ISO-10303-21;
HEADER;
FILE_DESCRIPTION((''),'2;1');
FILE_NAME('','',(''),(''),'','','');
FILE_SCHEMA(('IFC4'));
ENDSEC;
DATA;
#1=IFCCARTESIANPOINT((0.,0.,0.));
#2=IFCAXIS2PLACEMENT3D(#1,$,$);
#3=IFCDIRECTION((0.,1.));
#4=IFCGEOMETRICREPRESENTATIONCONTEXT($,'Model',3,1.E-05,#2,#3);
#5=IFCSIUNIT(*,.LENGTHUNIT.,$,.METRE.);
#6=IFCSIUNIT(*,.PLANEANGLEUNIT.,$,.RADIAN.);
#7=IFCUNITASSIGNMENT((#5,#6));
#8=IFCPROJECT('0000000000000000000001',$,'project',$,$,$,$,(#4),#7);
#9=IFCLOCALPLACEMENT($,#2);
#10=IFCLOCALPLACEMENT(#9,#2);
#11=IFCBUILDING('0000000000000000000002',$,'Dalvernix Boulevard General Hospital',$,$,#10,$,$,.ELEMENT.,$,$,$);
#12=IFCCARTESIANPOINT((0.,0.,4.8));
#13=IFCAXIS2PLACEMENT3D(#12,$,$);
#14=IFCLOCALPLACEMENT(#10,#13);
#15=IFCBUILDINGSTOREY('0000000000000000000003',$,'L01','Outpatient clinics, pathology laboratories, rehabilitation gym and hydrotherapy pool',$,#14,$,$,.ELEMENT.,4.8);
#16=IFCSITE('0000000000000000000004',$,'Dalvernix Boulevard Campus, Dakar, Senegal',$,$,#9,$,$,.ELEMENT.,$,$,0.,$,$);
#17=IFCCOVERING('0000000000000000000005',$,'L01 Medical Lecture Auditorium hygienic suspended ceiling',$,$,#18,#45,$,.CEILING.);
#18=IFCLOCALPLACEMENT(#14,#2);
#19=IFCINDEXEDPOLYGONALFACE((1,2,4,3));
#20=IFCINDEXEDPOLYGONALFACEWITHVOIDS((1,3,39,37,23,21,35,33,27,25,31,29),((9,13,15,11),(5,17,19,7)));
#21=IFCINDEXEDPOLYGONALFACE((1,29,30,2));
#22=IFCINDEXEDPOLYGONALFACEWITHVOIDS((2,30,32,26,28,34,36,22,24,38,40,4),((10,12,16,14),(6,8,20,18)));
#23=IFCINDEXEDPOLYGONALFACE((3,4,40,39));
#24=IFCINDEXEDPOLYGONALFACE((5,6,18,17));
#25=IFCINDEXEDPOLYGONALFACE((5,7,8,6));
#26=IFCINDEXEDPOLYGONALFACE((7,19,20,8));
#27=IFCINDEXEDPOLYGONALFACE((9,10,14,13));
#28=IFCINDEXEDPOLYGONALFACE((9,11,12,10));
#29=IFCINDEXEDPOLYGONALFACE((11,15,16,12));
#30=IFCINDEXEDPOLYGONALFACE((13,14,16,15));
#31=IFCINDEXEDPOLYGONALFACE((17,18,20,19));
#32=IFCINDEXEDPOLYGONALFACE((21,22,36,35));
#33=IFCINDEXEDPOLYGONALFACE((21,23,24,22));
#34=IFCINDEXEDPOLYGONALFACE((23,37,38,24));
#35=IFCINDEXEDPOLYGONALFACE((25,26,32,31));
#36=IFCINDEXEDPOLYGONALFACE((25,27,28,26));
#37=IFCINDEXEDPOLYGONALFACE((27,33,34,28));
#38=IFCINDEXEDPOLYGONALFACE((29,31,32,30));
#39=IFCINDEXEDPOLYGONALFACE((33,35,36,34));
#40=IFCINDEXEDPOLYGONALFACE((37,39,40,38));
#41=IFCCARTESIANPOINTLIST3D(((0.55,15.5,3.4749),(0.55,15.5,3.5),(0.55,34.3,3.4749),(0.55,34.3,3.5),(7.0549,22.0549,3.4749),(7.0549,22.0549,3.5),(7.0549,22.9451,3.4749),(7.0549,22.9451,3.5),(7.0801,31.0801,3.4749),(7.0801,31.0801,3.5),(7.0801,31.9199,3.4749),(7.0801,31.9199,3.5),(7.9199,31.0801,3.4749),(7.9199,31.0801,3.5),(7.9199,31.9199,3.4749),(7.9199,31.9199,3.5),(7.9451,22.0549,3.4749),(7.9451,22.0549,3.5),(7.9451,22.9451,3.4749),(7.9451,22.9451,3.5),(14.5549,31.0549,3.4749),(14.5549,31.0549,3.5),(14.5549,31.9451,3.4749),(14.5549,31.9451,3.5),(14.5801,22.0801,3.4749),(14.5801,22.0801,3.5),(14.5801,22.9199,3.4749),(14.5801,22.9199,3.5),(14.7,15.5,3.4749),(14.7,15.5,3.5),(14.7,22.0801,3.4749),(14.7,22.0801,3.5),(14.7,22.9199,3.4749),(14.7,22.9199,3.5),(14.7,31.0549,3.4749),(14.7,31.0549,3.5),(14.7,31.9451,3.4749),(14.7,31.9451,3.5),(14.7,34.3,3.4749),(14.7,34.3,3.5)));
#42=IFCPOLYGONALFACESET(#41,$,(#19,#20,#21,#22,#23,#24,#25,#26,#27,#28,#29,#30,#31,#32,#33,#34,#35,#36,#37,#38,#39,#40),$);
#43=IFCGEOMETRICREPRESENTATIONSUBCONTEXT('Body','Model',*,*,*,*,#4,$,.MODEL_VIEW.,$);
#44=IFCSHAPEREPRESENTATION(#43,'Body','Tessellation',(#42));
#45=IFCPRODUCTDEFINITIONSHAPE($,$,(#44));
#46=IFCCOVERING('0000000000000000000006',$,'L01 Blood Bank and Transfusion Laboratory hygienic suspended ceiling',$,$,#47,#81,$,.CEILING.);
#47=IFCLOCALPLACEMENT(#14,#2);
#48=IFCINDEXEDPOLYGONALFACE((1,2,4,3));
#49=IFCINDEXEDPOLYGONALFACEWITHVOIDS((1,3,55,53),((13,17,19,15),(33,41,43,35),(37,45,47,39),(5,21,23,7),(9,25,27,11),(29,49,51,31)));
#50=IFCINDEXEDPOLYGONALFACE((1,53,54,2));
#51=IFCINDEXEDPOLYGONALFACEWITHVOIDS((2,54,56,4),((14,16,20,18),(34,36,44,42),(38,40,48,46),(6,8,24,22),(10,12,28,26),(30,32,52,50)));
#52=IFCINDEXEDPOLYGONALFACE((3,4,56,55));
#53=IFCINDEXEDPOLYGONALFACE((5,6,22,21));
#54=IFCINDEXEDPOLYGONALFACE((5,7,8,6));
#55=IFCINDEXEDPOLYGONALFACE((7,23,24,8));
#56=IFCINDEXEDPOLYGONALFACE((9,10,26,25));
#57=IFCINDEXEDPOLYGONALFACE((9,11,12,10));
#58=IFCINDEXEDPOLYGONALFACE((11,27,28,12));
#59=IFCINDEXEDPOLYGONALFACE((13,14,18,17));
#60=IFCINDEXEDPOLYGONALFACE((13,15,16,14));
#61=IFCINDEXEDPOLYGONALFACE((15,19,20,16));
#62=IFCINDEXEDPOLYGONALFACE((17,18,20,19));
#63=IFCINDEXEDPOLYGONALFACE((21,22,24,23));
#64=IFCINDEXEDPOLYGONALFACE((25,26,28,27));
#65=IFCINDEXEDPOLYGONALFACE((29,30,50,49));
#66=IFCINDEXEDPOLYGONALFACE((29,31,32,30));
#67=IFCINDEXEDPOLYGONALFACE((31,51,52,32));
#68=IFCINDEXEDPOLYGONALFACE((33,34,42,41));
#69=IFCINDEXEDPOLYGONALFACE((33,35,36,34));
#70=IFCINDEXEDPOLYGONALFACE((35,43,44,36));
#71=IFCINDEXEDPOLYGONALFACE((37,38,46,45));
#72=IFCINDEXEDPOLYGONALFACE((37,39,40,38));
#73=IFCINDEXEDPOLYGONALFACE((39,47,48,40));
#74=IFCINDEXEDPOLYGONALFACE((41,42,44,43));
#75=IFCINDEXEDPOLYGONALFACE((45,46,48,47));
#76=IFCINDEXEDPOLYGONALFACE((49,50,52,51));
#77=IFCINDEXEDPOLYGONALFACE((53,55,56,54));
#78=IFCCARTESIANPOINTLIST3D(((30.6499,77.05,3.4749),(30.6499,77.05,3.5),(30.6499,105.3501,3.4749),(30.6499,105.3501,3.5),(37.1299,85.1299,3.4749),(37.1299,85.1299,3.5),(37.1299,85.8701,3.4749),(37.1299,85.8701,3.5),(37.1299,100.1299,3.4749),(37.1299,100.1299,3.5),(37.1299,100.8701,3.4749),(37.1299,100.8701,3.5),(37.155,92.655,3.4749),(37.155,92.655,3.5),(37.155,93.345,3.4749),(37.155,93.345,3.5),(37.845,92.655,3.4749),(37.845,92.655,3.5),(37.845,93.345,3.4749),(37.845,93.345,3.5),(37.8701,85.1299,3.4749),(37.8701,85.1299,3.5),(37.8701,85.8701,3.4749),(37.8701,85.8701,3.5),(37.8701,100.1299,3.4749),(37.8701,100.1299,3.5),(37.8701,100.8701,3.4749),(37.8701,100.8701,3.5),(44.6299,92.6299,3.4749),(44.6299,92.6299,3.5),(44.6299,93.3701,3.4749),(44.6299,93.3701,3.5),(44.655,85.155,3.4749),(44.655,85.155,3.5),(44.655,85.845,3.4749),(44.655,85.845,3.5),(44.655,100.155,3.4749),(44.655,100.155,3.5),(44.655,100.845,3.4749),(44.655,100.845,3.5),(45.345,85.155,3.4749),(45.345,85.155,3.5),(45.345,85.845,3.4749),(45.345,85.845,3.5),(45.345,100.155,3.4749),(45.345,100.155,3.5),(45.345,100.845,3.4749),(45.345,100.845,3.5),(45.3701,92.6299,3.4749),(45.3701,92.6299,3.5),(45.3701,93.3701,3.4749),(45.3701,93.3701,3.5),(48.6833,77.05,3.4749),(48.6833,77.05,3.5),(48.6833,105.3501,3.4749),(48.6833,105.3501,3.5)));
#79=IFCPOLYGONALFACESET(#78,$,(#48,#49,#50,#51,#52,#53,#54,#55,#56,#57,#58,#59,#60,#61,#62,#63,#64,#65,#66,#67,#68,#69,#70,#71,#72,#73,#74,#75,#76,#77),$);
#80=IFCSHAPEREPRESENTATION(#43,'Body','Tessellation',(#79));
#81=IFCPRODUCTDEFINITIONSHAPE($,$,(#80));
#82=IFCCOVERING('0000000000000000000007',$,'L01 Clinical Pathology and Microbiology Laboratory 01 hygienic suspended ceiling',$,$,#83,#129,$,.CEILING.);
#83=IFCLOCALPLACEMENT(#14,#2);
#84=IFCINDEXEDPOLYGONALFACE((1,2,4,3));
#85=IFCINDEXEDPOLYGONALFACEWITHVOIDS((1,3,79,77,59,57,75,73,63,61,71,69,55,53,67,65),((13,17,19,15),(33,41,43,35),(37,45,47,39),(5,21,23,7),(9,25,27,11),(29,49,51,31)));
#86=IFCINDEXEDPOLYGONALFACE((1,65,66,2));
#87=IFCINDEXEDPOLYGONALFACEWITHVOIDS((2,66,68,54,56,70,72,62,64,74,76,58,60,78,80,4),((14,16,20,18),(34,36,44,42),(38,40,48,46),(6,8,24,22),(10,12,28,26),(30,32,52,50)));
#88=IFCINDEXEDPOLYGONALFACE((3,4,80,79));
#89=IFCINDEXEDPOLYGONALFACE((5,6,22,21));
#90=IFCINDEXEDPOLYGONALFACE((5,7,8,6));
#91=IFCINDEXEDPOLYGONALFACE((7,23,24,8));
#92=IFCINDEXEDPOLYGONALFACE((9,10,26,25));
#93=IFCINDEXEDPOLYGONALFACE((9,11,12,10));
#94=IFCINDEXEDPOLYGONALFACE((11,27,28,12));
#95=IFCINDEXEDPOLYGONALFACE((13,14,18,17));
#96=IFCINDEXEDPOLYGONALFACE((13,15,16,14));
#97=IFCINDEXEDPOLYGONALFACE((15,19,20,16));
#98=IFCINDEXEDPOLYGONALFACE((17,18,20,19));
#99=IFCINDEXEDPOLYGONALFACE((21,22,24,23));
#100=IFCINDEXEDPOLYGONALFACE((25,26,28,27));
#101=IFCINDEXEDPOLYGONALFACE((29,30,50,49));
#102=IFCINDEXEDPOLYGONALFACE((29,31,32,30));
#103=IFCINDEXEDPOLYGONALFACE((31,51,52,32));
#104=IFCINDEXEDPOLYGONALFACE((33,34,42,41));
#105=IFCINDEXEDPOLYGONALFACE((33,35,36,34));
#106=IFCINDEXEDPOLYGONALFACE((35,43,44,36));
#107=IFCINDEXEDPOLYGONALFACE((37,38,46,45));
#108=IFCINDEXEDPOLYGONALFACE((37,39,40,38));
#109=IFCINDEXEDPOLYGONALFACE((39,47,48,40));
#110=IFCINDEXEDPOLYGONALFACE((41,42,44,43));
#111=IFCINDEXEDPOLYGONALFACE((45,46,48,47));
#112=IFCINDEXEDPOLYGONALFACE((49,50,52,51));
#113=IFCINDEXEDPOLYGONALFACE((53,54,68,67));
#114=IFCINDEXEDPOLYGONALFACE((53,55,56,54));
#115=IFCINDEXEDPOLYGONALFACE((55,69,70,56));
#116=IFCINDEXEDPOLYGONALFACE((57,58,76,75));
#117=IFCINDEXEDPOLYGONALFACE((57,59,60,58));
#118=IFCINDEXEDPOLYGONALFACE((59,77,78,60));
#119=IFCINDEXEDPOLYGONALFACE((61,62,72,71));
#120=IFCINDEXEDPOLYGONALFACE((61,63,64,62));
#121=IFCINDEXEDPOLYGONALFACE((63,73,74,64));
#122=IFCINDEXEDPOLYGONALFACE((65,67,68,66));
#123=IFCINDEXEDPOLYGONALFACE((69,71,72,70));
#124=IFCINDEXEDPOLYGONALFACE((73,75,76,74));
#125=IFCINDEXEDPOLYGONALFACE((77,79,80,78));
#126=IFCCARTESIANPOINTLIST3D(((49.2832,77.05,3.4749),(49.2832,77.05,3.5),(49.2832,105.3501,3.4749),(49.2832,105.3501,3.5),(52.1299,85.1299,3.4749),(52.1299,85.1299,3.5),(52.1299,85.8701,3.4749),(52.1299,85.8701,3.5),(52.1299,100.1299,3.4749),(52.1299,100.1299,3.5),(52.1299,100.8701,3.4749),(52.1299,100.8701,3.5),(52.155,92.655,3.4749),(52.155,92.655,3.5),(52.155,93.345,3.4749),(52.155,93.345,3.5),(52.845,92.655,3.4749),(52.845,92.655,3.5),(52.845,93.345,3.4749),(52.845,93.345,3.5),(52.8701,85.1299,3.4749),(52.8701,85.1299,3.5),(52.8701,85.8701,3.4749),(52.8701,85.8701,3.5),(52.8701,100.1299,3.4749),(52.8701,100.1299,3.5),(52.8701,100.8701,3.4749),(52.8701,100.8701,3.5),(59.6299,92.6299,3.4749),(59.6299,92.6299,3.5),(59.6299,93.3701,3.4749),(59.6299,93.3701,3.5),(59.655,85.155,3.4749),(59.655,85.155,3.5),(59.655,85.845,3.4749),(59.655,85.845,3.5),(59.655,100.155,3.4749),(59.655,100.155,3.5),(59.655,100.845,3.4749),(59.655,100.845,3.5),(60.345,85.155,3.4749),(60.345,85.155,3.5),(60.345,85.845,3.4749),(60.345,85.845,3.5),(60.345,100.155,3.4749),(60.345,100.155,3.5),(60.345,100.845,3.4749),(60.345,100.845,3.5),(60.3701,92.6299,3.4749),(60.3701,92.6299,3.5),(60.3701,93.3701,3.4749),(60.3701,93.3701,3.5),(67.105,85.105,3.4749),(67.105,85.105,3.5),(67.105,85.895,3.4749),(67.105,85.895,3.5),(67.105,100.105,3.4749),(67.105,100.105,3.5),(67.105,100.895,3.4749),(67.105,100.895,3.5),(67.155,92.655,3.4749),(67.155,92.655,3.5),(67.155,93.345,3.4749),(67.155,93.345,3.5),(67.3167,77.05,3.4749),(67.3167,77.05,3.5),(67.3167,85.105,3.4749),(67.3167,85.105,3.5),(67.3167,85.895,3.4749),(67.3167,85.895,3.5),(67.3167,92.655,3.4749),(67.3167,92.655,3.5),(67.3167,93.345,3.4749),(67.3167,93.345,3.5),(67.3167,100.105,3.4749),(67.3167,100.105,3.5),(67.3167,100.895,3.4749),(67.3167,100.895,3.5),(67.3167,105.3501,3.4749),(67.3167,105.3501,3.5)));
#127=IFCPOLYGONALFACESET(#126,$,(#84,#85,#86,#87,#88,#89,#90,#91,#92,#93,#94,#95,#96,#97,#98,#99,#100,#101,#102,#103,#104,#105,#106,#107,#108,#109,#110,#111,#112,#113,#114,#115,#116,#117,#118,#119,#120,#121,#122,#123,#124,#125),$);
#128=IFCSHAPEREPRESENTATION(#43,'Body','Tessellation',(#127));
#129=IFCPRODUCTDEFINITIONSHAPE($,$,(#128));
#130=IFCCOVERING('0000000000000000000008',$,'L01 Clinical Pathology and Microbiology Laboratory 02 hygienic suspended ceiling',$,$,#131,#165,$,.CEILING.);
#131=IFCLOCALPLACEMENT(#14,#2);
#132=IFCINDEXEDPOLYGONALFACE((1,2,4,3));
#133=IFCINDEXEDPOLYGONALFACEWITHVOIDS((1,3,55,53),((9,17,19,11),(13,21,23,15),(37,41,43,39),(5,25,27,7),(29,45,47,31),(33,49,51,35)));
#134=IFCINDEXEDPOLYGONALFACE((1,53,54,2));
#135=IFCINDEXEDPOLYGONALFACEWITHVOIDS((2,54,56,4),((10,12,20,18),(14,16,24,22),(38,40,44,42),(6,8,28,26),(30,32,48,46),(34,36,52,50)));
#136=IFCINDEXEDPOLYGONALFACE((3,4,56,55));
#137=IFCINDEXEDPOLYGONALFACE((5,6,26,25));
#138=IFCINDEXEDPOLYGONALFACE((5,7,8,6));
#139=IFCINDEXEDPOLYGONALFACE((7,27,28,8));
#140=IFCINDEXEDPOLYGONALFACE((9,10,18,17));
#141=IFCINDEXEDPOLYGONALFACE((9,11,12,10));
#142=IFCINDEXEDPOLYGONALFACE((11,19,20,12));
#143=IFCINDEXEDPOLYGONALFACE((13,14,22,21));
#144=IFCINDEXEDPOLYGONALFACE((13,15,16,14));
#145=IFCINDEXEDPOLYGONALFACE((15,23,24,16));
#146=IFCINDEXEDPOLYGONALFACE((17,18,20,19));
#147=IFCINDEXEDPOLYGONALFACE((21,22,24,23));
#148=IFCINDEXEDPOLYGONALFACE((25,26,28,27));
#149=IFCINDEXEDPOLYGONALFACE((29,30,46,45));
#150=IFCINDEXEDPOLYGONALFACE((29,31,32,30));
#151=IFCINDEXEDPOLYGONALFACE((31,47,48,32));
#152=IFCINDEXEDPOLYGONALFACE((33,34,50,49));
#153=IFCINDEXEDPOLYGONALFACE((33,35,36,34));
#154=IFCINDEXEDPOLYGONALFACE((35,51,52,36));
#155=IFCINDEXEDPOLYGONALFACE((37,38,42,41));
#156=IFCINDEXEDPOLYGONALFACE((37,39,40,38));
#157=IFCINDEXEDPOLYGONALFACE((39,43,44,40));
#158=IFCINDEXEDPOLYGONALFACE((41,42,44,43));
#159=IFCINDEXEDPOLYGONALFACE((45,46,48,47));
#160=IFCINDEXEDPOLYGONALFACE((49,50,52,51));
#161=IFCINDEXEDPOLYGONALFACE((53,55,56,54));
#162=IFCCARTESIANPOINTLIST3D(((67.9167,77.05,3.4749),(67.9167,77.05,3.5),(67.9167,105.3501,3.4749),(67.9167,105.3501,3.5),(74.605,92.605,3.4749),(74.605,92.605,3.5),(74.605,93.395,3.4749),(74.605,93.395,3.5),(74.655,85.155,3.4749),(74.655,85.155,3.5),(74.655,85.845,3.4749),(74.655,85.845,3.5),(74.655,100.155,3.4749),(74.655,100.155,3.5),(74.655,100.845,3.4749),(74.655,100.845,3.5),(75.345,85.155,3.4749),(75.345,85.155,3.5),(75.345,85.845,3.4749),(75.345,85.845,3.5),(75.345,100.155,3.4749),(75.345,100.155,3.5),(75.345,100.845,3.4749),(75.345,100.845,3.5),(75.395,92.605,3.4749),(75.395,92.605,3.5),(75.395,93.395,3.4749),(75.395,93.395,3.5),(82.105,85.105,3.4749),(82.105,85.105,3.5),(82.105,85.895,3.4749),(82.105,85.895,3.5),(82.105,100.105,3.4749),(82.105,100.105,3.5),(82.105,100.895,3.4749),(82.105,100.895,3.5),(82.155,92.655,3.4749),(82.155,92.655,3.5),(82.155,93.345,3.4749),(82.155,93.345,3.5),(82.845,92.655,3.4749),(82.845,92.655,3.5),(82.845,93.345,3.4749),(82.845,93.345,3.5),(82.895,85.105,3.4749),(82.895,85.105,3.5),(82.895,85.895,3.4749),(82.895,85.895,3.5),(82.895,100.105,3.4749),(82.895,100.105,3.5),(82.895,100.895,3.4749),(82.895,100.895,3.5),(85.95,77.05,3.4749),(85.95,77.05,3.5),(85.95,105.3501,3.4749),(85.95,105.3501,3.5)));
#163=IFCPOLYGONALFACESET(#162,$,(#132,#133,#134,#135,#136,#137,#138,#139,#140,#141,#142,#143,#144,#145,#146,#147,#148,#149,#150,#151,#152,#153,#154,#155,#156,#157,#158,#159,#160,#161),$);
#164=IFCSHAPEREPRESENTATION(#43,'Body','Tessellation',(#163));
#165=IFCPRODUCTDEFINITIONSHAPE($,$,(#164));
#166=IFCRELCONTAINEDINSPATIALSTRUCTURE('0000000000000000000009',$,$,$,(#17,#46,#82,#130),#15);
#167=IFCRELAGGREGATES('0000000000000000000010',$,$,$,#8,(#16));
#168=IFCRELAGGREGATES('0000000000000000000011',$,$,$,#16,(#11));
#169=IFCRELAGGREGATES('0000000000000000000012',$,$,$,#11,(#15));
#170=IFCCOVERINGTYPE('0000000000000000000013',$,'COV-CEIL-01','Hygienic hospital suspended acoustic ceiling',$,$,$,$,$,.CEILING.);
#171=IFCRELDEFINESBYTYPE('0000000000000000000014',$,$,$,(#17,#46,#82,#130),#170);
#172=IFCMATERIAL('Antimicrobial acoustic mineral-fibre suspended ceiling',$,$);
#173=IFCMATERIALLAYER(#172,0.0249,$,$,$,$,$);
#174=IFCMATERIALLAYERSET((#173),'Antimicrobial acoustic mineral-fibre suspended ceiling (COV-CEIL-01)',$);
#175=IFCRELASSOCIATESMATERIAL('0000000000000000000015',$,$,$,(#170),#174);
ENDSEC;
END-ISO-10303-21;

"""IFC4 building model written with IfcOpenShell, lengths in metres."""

from ifc_helpers import new_model, si_unit, direction, frame, origin, place, context, subcontext, project, spatial, polyline, outline, extrude, material, layer, layer_set, type_object, element, save


model = new_model("IFC4")

# Units and contexts
model_context = context("Model", 3, precision=1e-05, world=origin(), true_north=direction((0.0, 1.0)))
body_context = subcontext(model_context, "Body", "Model", "MODEL_VIEW")
ifc_project = project(units=[si_unit("LENGTHUNIT", "METRE"), si_unit("PLANEANGLEUNIT", "RADIAN")], contexts=[model_context])

# Site, building, storey
site_placement = place(None, origin())
site = spatial("IfcSite", under=ifc_project, at=site_placement, Name="Dalvernix Boulevard Campus, Dakar, Senegal", CompositionType="ELEMENT", RefElevation=0.0)
building_placement = place(site_placement, origin())
building = spatial("IfcBuilding", under=site, at=building_placement, Name="Dalvernix Boulevard General Hospital", CompositionType="ELEMENT")
storey_placement = place(building_placement, frame((0.0, 0.0, 4.8)))
storey = spatial("IfcBuildingStorey", under=building, at=storey_placement, Name="L01", Description="Outpatient clinics, pathology laboratories, rehabilitation gym and hydrotherapy pool", CompositionType="ELEMENT", Elevation=4.8)

# Coverings
ifc_material_1 = material(Name="Antimicrobial acoustic mineral-fibre suspended ceiling")
ifc_layer_1 = layer(ifc_material_1, 0.0249)
ifc_layer_set_1 = layer_set([ifc_layer_1], Name="Antimicrobial acoustic mineral-fibre suspended ceiling (COV-CEIL-01)")
covering_type = type_object("IfcCoveringType", Name="COV-CEIL-01", Description="Hygienic hospital suspended acoustic ceiling", PredefinedType="CEILING", material=ifc_layer_set_1)
covering_1_placement = place(storey_placement, frame((0.0, 0.0, 3.4749)))
element("IfcCovering", 1, at=covering_1_placement, inside=storey, type_object=covering_type, Name="L01 Medical Lecture Auditorium hygienic suspended ceiling", PredefinedType="CEILING", context=body_context, shape_type="SweptSolid", body=[
    extrude(outline(polyline([(14.7, 31.9451), (14.5549, 31.9451), (14.5549, 31.0549), (14.7, 31.0549), (14.7, 22.9199), (14.5801, 22.9199), (14.5801, 22.0801), (14.7, 22.0801), (14.7, 15.5), (0.55, 15.5), (0.55, 34.3), (14.7, 34.3), (14.7, 31.9451)]), holes=[polyline([(7.9451, 22.0549), (7.9451, 22.9451), (7.0549, 22.9451), (7.0549, 22.0549), (7.9451, 22.0549)]), polyline([(7.0801, 31.0801), (7.9199, 31.0801), (7.9199, 31.9199), (7.0801, 31.9199), (7.0801, 31.0801)])]), origin(), (0.0, 0.0, 1.0), 0.0251),
])
covering_2_placement = place(storey_placement, frame((0.0, 0.0, 3.4749)))
element("IfcCovering", 2, at=covering_2_placement, inside=storey, type_object=covering_type, Name="L01 Blood Bank and Transfusion Laboratory hygienic suspended ceiling", PredefinedType="CEILING", context=body_context, shape_type="SweptSolid", body=[
    extrude(outline(polyline([(30.6499, 105.3501), (48.6833, 105.3501), (48.6833, 77.05), (30.6499, 77.05), (30.6499, 105.3501)]), holes=[polyline([(37.1299, 85.8701), (37.1299, 85.1299), (37.8701, 85.1299), (37.8701, 85.8701), (37.1299, 85.8701)]), polyline([(37.845, 93.345), (37.155, 93.345), (37.155, 92.655), (37.845, 92.655), (37.845, 93.345)]), polyline([(37.8701, 100.1299), (37.8701, 100.8701), (37.1299, 100.8701), (37.1299, 100.1299), (37.8701, 100.1299)]), polyline([(44.655, 85.155), (45.345, 85.155), (45.345, 85.845), (44.655, 85.845), (44.655, 85.155)]), polyline([(44.6299, 93.3701), (44.6299, 92.6299), (45.3701, 92.6299), (45.3701, 93.3701), (44.6299, 93.3701)]), polyline([(45.345, 100.845), (44.655, 100.845), (44.655, 100.155), (45.345, 100.155), (45.345, 100.845)])]), origin(), (0.0, 0.0, 1.0), 0.0251),
])
covering_3_placement = place(storey_placement, frame((0.0, 0.0, 3.4749)))
element("IfcCovering", 3, at=covering_3_placement, inside=storey, type_object=covering_type, Name="L01 Clinical Pathology and Microbiology Laboratory 01 hygienic suspended ceiling", PredefinedType="CEILING", context=body_context, shape_type="SweptSolid", body=[
    extrude(outline(polyline([(67.155, 93.345), (67.155, 92.655), (67.3167, 92.655), (67.3167, 85.895), (67.105, 85.895), (67.105, 85.105), (67.3167, 85.105), (67.3167, 77.05), (49.2832, 77.05), (49.2832, 105.3501), (67.3167, 105.3501), (67.3167, 100.895), (67.105, 100.895), (67.105, 100.105), (67.3167, 100.105), (67.3167, 93.345), (67.155, 93.345)]), holes=[polyline([(52.8701, 85.8701), (52.1299, 85.8701), (52.1299, 85.1299), (52.8701, 85.1299), (52.8701, 85.8701)]), polyline([(52.845, 92.655), (52.845, 93.345), (52.155, 93.345), (52.155, 92.655), (52.845, 92.655)]), polyline([(52.1299, 100.1299), (52.8701, 100.1299), (52.8701, 100.8701), (52.1299, 100.8701), (52.1299, 100.1299)]), polyline([(59.655, 85.845), (59.655, 85.155), (60.345, 85.155), (60.345, 85.845), (59.655, 85.845)]), polyline([(60.3701, 93.3701), (59.6299, 93.3701), (59.6299, 92.6299), (60.3701, 92.6299), (60.3701, 93.3701)]), polyline([(60.345, 100.155), (60.345, 100.845), (59.655, 100.845), (59.655, 100.155), (60.345, 100.155)])]), origin(), (0.0, 0.0, 1.0), 0.0251),
])
covering_4_placement = place(storey_placement, frame((0.0, 0.0, 3.4749)))
element("IfcCovering", 4, at=covering_4_placement, inside=storey, type_object=covering_type, Name="L01 Clinical Pathology and Microbiology Laboratory 02 hygienic suspended ceiling", PredefinedType="CEILING", context=body_context, shape_type="SweptSolid", body=[
    extrude(outline(polyline([(85.95, 77.05), (67.9167, 77.05), (67.9167, 105.3501), (85.95, 105.3501), (85.95, 77.05)]), holes=[polyline([(74.655, 85.845), (74.655, 85.155), (75.345, 85.155), (75.345, 85.845), (74.655, 85.845)]), polyline([(75.395, 93.395), (74.605, 93.395), (74.605, 92.605), (75.395, 92.605), (75.395, 93.395)]), polyline([(75.345, 100.155), (75.345, 100.845), (74.655, 100.845), (74.655, 100.155), (75.345, 100.155)]), polyline([(82.105, 85.105), (82.895, 85.105), (82.895, 85.895), (82.105, 85.895), (82.105, 85.105)]), polyline([(82.155, 93.345), (82.155, 92.655), (82.845, 92.655), (82.845, 93.345), (82.155, 93.345)]), polyline([(82.895, 100.895), (82.105, 100.895), (82.105, 100.105), (82.895, 100.105), (82.895, 100.895)])]), origin(), (0.0, 0.0, 1.0), 0.0251),
])

save(model, "model.ifc")
